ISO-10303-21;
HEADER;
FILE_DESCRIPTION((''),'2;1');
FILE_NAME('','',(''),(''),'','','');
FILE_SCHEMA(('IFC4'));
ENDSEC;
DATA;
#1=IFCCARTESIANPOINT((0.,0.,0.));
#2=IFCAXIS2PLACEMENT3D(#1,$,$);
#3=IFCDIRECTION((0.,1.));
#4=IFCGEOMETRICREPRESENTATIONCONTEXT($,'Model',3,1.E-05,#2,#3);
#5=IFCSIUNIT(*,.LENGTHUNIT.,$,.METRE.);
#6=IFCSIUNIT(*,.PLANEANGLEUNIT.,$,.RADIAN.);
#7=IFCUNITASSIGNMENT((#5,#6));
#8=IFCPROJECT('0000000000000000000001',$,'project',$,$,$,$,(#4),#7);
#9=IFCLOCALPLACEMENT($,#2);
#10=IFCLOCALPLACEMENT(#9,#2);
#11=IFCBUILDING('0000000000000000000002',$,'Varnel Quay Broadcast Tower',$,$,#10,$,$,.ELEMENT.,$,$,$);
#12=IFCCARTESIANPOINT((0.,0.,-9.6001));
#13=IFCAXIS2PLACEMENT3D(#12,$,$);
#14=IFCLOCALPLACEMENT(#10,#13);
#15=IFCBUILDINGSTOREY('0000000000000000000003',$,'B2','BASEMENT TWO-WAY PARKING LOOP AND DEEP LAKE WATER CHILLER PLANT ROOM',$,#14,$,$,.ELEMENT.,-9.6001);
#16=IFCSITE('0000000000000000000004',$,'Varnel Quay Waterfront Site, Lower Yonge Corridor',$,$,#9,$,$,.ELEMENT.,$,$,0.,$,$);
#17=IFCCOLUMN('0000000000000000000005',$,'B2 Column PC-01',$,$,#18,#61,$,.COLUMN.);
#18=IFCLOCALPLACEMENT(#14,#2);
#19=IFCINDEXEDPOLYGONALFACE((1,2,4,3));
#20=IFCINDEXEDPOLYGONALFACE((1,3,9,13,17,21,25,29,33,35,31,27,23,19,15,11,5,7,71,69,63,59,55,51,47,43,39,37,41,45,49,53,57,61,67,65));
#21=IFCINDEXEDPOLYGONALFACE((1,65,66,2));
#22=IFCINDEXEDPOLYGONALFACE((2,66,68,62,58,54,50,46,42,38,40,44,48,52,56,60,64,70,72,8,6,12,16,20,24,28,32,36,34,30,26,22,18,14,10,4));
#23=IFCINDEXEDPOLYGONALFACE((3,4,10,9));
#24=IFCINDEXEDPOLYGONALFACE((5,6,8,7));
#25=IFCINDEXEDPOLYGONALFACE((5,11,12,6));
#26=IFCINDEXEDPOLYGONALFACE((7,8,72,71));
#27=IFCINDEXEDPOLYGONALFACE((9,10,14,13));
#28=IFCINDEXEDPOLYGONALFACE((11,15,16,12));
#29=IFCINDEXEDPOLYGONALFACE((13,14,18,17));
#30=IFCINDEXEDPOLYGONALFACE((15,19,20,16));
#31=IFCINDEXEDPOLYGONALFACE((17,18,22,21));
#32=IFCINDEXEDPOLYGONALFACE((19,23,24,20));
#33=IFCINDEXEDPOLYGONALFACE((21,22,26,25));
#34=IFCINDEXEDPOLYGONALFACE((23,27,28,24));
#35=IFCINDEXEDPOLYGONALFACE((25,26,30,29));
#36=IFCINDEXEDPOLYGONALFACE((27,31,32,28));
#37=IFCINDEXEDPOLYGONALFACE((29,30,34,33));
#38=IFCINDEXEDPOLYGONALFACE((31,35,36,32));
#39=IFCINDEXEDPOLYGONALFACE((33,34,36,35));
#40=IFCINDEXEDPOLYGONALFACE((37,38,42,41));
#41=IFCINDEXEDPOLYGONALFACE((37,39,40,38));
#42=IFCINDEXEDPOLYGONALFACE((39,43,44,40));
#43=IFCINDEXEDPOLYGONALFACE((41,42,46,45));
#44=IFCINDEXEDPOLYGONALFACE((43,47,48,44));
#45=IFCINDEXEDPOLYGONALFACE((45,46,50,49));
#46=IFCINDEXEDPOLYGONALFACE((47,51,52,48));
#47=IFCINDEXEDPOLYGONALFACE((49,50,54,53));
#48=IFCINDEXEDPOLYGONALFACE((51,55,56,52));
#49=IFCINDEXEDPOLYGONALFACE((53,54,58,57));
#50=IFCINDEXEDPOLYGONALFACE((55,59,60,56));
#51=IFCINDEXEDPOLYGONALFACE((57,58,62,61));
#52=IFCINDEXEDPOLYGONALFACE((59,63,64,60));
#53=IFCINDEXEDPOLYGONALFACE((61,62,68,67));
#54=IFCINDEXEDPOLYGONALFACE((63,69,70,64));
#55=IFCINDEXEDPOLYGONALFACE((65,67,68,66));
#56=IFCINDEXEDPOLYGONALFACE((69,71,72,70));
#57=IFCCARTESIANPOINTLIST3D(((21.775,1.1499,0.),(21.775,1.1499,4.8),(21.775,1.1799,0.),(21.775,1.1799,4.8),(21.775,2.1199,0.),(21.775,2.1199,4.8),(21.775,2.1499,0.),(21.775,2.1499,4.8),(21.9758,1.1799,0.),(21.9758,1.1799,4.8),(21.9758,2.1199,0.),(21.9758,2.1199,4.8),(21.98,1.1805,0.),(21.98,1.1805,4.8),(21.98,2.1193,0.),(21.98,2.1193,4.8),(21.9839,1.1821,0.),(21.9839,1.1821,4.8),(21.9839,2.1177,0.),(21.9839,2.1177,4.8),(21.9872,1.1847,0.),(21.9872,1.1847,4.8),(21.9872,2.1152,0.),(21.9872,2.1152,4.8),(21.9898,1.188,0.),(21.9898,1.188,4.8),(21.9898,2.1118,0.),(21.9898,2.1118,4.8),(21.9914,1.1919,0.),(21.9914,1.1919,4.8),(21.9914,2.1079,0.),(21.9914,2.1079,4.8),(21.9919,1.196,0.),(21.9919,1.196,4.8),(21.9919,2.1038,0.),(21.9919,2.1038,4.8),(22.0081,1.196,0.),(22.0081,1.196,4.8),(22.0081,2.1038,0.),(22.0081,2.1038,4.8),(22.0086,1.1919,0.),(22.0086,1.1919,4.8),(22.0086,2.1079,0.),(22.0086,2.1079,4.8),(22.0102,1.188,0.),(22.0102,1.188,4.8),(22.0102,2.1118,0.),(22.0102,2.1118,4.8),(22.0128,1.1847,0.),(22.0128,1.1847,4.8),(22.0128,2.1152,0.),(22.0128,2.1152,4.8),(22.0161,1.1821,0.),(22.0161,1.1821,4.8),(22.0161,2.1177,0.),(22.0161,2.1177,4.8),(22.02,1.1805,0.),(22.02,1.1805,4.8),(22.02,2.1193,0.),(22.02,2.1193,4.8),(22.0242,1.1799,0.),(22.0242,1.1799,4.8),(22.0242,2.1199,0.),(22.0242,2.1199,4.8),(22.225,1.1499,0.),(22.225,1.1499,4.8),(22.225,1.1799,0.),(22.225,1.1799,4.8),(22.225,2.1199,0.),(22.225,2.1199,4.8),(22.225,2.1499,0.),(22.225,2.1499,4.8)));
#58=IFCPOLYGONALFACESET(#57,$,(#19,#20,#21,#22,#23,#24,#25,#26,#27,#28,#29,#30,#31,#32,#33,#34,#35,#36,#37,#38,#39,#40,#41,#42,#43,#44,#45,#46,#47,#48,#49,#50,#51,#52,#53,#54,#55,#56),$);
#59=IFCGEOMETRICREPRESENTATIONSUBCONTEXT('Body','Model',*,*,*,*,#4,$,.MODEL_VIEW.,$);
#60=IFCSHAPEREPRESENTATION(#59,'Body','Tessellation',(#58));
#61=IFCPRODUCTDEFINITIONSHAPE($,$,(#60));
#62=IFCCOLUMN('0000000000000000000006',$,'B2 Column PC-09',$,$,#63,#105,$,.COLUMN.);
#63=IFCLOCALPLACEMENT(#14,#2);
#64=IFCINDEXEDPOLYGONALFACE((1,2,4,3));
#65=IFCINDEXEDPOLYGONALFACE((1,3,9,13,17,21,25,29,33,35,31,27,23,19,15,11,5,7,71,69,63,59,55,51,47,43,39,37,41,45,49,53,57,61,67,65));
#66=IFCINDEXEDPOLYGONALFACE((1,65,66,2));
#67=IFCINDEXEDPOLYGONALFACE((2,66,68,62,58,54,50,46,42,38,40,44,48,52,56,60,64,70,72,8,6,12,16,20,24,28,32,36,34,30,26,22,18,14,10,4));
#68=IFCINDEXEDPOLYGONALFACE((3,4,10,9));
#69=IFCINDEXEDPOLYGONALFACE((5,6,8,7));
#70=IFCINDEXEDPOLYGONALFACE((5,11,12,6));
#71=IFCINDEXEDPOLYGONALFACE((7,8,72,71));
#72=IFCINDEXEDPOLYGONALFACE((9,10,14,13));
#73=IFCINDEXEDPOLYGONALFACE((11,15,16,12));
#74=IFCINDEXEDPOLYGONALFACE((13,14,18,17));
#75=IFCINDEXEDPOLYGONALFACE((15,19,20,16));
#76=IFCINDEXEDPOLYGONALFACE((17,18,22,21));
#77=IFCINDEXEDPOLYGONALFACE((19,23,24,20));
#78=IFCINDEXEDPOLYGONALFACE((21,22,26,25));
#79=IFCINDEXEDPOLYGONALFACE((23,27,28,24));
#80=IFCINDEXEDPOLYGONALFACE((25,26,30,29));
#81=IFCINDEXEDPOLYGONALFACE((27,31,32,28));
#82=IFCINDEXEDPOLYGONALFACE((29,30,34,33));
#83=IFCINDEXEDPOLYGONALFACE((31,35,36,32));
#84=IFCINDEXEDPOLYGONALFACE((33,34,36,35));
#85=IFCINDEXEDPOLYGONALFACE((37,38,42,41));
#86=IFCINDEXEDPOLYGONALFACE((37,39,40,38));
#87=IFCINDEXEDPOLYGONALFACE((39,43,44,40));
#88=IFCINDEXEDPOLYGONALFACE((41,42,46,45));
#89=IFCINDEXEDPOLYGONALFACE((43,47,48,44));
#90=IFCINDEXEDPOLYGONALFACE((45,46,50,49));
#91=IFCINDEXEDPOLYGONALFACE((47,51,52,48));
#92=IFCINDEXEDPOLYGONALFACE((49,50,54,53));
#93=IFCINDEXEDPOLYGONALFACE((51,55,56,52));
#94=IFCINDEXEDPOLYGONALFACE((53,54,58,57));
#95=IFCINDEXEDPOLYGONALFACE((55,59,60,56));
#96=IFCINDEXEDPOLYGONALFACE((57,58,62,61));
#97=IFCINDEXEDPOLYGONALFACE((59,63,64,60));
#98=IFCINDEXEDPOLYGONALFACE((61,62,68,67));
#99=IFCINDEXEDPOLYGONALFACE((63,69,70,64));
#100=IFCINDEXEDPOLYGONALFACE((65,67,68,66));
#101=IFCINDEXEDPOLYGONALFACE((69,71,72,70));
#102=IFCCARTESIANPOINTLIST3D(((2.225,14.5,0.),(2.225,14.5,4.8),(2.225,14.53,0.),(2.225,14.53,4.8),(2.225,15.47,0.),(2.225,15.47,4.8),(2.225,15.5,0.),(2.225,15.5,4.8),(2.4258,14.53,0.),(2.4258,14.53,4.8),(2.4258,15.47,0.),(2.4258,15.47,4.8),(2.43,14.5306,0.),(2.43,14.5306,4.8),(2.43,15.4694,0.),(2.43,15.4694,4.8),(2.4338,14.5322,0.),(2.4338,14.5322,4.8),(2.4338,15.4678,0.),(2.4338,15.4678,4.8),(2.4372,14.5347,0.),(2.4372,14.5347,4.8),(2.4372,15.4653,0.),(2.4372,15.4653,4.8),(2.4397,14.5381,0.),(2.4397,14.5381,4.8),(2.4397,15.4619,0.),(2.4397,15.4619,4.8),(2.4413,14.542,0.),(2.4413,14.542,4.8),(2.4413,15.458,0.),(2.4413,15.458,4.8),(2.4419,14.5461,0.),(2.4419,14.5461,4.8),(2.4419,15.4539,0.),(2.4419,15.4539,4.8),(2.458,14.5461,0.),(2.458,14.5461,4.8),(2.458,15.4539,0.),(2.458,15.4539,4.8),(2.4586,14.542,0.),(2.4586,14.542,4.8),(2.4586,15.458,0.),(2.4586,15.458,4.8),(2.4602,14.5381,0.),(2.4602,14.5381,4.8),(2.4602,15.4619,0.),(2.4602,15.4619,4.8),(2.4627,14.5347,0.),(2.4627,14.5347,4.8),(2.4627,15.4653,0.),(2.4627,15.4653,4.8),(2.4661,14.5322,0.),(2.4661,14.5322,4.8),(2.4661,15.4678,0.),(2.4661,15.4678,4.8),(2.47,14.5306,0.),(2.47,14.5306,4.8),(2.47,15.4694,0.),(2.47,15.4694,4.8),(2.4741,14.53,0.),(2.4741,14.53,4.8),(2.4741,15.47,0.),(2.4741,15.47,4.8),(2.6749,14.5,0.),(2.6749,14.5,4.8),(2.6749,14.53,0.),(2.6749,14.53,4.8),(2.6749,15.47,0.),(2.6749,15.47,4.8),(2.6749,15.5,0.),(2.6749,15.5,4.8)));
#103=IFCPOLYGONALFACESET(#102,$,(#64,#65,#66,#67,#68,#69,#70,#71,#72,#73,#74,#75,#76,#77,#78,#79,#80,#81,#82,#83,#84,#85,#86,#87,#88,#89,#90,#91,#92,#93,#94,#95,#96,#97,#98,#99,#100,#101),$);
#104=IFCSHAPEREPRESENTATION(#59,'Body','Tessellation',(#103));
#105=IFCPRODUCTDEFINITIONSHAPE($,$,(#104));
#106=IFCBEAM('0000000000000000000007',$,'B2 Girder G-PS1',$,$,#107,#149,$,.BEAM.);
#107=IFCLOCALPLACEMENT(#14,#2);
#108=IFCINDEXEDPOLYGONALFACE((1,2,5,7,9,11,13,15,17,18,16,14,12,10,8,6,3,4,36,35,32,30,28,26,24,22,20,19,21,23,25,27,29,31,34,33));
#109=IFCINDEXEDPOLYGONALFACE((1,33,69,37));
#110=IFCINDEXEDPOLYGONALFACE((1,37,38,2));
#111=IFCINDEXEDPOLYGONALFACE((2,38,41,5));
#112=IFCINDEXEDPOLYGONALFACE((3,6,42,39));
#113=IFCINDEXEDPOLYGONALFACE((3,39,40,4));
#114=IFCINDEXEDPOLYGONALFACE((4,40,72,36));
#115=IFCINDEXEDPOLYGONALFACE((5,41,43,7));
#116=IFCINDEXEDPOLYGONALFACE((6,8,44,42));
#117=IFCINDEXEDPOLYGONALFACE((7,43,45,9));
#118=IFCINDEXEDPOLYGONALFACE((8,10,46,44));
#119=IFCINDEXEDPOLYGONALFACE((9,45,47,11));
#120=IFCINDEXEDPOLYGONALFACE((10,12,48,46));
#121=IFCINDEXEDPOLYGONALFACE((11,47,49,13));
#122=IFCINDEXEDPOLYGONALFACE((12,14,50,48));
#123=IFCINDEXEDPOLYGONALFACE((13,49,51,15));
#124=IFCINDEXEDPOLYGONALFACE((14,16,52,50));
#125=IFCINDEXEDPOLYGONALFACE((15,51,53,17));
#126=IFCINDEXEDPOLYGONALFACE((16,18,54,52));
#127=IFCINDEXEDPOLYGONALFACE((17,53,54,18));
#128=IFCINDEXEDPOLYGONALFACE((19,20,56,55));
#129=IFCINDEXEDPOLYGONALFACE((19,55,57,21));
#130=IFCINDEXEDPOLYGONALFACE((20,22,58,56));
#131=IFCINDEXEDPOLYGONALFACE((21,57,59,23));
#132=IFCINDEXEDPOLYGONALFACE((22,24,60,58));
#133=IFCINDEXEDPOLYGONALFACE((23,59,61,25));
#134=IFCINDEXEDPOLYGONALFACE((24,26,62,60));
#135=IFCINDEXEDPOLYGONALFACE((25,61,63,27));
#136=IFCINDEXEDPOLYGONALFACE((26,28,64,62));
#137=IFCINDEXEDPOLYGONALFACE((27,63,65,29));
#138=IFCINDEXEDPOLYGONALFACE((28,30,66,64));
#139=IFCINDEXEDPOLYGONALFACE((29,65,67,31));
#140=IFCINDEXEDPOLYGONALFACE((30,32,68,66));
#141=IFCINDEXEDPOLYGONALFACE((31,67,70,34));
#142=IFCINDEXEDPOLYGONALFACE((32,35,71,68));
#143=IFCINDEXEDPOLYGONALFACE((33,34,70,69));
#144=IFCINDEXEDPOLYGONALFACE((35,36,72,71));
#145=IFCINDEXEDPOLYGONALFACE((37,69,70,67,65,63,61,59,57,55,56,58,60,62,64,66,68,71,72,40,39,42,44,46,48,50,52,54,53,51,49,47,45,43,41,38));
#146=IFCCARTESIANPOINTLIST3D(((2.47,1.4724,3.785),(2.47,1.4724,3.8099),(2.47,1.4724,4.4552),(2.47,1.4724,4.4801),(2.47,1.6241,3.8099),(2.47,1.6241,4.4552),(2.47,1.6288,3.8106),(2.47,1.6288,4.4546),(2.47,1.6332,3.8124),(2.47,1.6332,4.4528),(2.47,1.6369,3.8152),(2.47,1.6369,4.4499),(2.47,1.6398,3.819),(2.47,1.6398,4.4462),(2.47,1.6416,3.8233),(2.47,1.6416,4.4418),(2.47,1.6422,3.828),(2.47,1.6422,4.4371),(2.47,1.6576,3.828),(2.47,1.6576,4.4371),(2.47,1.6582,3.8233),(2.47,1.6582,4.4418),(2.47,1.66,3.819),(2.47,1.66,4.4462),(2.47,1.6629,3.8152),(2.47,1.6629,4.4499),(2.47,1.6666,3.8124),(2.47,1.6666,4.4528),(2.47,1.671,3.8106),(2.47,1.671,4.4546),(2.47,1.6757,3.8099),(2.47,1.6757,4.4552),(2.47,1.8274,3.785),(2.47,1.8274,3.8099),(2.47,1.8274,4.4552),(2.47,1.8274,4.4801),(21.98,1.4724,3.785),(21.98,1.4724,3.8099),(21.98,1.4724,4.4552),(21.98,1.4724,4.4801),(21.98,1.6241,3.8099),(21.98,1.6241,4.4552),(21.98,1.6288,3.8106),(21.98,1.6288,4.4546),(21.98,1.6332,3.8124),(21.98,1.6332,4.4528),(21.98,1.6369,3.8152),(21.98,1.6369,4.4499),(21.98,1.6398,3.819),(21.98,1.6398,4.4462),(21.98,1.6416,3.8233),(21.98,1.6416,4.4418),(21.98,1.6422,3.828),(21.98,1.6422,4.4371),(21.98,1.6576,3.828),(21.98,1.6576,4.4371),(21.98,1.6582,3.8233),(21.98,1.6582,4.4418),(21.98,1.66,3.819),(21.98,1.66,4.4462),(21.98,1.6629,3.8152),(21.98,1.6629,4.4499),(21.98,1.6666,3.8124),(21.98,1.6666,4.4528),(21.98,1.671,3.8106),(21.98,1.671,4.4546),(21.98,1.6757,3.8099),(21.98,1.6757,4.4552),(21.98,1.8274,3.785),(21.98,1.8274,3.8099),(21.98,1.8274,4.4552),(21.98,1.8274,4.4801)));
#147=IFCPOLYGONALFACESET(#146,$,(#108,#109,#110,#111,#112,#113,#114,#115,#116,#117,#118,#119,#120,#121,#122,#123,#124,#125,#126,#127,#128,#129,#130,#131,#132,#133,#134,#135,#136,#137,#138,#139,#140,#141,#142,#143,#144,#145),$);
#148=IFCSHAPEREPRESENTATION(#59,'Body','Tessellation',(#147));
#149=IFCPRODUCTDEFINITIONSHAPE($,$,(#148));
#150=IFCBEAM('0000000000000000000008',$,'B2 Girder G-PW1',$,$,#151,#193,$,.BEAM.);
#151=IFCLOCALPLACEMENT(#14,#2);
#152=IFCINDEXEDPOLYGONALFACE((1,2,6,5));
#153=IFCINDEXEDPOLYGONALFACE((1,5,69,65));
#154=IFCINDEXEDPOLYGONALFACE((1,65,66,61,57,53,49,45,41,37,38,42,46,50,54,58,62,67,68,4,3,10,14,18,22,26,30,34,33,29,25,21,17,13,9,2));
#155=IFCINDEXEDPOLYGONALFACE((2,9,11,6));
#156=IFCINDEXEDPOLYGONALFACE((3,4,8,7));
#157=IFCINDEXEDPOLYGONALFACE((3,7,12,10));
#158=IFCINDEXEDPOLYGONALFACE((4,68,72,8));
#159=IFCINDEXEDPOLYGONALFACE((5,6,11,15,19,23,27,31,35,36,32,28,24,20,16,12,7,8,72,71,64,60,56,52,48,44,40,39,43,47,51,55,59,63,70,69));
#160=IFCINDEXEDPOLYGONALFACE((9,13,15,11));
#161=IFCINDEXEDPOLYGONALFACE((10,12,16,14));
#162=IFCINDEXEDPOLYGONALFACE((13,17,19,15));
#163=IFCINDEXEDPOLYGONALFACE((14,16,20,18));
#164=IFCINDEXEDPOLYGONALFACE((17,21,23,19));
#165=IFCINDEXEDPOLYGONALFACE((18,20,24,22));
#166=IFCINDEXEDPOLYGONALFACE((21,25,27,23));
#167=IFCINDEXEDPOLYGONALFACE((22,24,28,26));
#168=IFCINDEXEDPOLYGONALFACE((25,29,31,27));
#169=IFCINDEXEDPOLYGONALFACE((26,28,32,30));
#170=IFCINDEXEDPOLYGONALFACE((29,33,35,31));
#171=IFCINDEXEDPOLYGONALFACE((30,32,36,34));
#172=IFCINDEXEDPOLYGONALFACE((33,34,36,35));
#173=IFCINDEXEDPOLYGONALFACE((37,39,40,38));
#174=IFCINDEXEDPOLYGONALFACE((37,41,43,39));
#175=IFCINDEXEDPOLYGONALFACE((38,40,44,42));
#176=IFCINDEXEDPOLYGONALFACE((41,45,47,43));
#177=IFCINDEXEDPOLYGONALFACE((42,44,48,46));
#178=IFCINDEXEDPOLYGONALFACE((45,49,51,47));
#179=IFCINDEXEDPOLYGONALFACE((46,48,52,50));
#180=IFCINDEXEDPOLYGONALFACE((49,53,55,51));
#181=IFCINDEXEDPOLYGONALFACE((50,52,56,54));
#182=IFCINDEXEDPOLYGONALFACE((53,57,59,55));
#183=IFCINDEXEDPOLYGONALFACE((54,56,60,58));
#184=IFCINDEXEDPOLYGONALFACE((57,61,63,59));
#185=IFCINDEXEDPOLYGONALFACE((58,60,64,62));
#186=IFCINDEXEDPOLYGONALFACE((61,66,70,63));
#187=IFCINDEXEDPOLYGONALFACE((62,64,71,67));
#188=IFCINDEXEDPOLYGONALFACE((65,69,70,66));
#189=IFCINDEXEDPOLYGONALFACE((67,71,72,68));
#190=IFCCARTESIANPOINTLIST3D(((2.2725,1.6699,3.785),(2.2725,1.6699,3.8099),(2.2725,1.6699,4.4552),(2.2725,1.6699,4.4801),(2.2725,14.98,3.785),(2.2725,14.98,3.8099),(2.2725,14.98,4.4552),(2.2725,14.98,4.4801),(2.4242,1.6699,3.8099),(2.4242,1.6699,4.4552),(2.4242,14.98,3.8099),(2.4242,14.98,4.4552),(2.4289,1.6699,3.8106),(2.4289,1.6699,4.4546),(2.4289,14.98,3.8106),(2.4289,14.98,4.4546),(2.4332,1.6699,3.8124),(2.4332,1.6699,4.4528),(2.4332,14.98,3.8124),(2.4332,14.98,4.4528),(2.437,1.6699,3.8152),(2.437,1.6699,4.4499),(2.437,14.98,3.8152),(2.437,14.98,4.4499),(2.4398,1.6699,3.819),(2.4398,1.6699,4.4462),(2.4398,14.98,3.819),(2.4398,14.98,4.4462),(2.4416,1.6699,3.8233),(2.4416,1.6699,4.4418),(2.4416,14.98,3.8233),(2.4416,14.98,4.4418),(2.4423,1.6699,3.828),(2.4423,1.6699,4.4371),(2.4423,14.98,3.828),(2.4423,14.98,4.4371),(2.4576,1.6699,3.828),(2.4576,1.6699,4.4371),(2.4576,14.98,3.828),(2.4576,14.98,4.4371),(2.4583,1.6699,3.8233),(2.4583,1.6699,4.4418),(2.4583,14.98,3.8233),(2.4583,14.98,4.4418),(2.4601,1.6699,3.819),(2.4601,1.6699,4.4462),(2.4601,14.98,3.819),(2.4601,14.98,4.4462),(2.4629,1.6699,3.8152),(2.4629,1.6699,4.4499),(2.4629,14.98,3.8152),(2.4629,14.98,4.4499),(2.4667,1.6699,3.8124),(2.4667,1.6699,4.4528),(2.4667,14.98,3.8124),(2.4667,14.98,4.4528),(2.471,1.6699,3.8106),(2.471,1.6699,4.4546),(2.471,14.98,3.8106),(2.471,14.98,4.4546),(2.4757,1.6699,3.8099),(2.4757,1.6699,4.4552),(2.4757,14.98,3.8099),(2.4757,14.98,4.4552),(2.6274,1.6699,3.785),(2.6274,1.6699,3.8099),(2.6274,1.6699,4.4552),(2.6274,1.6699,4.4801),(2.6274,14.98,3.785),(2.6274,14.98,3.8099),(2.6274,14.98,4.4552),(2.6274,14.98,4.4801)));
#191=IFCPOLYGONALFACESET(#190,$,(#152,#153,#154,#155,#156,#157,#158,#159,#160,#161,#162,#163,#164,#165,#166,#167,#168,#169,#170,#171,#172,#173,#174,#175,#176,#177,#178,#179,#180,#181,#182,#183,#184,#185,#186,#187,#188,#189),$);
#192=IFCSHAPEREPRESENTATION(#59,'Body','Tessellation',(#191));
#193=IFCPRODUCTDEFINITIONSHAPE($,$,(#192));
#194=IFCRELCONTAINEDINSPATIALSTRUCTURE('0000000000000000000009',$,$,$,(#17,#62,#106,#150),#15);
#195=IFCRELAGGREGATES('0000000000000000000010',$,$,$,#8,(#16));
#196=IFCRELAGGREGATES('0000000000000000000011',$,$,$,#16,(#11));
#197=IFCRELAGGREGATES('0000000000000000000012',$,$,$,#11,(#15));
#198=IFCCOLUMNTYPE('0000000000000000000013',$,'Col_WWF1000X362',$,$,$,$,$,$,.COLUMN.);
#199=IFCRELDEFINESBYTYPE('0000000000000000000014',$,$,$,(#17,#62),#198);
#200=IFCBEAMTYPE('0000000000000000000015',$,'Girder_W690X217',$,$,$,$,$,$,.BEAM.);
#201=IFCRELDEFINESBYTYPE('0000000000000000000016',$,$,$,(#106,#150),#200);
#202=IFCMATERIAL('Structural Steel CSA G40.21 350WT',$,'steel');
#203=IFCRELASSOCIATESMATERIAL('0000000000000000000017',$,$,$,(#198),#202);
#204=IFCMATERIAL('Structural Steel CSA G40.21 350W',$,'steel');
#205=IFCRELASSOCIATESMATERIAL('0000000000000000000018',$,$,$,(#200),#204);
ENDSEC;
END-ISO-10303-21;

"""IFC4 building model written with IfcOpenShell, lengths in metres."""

from ifc_helpers import new_model, si_unit, direction, frame, origin, origin_2d, place, context, subcontext, project, spatial, i_section, extrude, source, transform, mapped, material, material_profile, profile_set, type_object, type_shapes, element, save


model = new_model("IFC4")

# Units and contexts
model_context = context("Model", 3, precision=1e-05, world=origin(), true_north=direction((0.0, 1.0)))
body_context = subcontext(model_context, "Body", "Model", "MODEL_VIEW")
ifc_project = project(units=[si_unit("LENGTHUNIT", "METRE"), si_unit("PLANEANGLEUNIT", "RADIAN")], contexts=[model_context])

# Site, building, storey
site_placement = place(None, origin())
site = spatial("IfcSite", under=ifc_project, at=site_placement, Name="Varnel Quay Waterfront Site, Lower Yonge Corridor", CompositionType="ELEMENT", RefElevation=0.0)
building_placement = place(site_placement, origin())
building = spatial("IfcBuilding", under=site, at=building_placement, Name="Varnel Quay Broadcast Tower", CompositionType="ELEMENT")
storey_placement = place(building_placement, frame((0.0, 0.0, -9.6001)))
storey = spatial("IfcBuildingStorey", under=building, at=storey_placement, Name="B2", Description="BASEMENT TWO-WAY PARKING LOOP AND DEEP LAKE WATER CHILLER PLANT ROOM", CompositionType="ELEMENT", Elevation=-9.6001)

# Columns
ifc_material_1 = material(Name="Structural Steel CSA G40.21 350WT", Category="steel")
ifc_material_profile_1 = material_profile(ifc_material_1, i_section(OverallWidth=0.45, OverallDepth=1.0, WebThickness=0.0161, FlangeThickness=0.03, FilletRadius=0.0161, at=origin_2d()), Name="WWF1000X362")
ifc_profile_set_1 = profile_set([ifc_material_profile_1], Name="Structural Steel CSA G40.21 350WT")
column_type_1 = type_object("IfcColumnType", Name="Col_WWF1000X362", PredefinedType="COLUMN", material=ifc_profile_set_1)
shared_shape_1 = source(origin(), body_context, "Body", "SweptSolid", [
    extrude(i_section(OverallWidth=0.45, OverallDepth=1.0, WebThickness=0.0161, FlangeThickness=0.03, FilletRadius=0.0161, at=origin_2d()), origin(), (0.0, 0.0, 1.0), 4.8),
])
type_shapes(column_type_1, [shared_shape_1])
for number, where, z_axis, x_axis, name in (
    (1, (22.0, 1.6499, 0.0), (0.0, 0.0, 1.0), (1.0, 0.0, 0.0), "B2 Column PC-01"),
    (2, (2.45, 15.0, 0.0), (0.0, 0.0, 1.0), (1.0, 0.0, 0.0), "B2 Column PC-09"),
):
    element("IfcColumn", number, at=place(storey_placement, frame(where, z_axis=z_axis, x_axis=x_axis)), inside=storey, type_object=column_type_1, Name=name, PredefinedType="COLUMN", context=body_context, shape_type="MappedRepresentation", body=[
        mapped(shared_shape_1, transform((0.0, 0.0, 0.0), x_axis=(1.0, 0.0, 0.0), y_axis=(0.0, 1.0, 0.0), z_axis=(0.0, 0.0, 1.0), scale=1.0)),
    ])

# Beams
ifc_material_2 = material(Name="Structural Steel CSA G40.21 350W", Category="steel")
ifc_material_profile_2 = material_profile(ifc_material_2, i_section(OverallWidth=0.355, OverallDepth=0.6951, WebThickness=0.0154, FlangeThickness=0.0249, FilletRadius=0.0181, at=origin_2d()), Name="W690X217")
ifc_profile_set_2 = profile_set([ifc_material_profile_2], Name="Structural Steel CSA G40.21 350W")
beam_type = type_object("IfcBeamType", Name="Girder_W690X217", PredefinedType="BEAM", material=ifc_profile_set_2)
shared_shape_2 = source(origin(), body_context, "Body", "SweptSolid", [
    extrude(i_section(OverallWidth=0.355, OverallDepth=0.6951, WebThickness=0.0154, FlangeThickness=0.0249, FilletRadius=0.0181, at=origin_2d()), origin(), (0.0, 0.0, 1.0), 19.51),
])
beam_1_placement = place(storey_placement, frame((2.47, 1.6499, 4.1326), z_axis=(1.0, 0.0, 0.0), x_axis=(0.0, 1.0, 0.0)))
element("IfcBeam", 3, at=beam_1_placement, inside=storey, type_object=beam_type, Name="B2 Girder G-PS1", PredefinedType="BEAM", context=body_context, shape_type="MappedRepresentation", body=[
    mapped(shared_shape_2, transform((0.0, 0.0, 0.0), x_axis=(1.0, 0.0, 0.0), y_axis=(0.0, 1.0, 0.0), z_axis=(0.0, 0.0, 1.0), scale=1.0)),
])
shared_shape_3 = source(origin(), body_context, "Body", "SweptSolid", [
    extrude(i_section(OverallWidth=0.355, OverallDepth=0.6951, WebThickness=0.0154, FlangeThickness=0.0249, FilletRadius=0.0181, at=origin_2d()), origin(), (0.0, 0.0, 1.0), 13.3101),
])
beam_2_placement = place(storey_placement, frame((2.45, 1.6699, 4.1326), z_axis=(0.0, 1.0, 0.0), x_axis=(-1.0, 0.0, 0.0)))
element("IfcBeam", 4, at=beam_2_placement, inside=storey, type_object=beam_type, Name="B2 Girder G-PW1", PredefinedType="BEAM", context=body_context, shape_type="MappedRepresentation", body=[
    mapped(shared_shape_3, transform((0.0, 0.0, 0.0), x_axis=(1.0, 0.0, 0.0), y_axis=(0.0, 1.0, 0.0), z_axis=(0.0, 0.0, 1.0), scale=1.0)),
])

save(model, "model.ifc")
